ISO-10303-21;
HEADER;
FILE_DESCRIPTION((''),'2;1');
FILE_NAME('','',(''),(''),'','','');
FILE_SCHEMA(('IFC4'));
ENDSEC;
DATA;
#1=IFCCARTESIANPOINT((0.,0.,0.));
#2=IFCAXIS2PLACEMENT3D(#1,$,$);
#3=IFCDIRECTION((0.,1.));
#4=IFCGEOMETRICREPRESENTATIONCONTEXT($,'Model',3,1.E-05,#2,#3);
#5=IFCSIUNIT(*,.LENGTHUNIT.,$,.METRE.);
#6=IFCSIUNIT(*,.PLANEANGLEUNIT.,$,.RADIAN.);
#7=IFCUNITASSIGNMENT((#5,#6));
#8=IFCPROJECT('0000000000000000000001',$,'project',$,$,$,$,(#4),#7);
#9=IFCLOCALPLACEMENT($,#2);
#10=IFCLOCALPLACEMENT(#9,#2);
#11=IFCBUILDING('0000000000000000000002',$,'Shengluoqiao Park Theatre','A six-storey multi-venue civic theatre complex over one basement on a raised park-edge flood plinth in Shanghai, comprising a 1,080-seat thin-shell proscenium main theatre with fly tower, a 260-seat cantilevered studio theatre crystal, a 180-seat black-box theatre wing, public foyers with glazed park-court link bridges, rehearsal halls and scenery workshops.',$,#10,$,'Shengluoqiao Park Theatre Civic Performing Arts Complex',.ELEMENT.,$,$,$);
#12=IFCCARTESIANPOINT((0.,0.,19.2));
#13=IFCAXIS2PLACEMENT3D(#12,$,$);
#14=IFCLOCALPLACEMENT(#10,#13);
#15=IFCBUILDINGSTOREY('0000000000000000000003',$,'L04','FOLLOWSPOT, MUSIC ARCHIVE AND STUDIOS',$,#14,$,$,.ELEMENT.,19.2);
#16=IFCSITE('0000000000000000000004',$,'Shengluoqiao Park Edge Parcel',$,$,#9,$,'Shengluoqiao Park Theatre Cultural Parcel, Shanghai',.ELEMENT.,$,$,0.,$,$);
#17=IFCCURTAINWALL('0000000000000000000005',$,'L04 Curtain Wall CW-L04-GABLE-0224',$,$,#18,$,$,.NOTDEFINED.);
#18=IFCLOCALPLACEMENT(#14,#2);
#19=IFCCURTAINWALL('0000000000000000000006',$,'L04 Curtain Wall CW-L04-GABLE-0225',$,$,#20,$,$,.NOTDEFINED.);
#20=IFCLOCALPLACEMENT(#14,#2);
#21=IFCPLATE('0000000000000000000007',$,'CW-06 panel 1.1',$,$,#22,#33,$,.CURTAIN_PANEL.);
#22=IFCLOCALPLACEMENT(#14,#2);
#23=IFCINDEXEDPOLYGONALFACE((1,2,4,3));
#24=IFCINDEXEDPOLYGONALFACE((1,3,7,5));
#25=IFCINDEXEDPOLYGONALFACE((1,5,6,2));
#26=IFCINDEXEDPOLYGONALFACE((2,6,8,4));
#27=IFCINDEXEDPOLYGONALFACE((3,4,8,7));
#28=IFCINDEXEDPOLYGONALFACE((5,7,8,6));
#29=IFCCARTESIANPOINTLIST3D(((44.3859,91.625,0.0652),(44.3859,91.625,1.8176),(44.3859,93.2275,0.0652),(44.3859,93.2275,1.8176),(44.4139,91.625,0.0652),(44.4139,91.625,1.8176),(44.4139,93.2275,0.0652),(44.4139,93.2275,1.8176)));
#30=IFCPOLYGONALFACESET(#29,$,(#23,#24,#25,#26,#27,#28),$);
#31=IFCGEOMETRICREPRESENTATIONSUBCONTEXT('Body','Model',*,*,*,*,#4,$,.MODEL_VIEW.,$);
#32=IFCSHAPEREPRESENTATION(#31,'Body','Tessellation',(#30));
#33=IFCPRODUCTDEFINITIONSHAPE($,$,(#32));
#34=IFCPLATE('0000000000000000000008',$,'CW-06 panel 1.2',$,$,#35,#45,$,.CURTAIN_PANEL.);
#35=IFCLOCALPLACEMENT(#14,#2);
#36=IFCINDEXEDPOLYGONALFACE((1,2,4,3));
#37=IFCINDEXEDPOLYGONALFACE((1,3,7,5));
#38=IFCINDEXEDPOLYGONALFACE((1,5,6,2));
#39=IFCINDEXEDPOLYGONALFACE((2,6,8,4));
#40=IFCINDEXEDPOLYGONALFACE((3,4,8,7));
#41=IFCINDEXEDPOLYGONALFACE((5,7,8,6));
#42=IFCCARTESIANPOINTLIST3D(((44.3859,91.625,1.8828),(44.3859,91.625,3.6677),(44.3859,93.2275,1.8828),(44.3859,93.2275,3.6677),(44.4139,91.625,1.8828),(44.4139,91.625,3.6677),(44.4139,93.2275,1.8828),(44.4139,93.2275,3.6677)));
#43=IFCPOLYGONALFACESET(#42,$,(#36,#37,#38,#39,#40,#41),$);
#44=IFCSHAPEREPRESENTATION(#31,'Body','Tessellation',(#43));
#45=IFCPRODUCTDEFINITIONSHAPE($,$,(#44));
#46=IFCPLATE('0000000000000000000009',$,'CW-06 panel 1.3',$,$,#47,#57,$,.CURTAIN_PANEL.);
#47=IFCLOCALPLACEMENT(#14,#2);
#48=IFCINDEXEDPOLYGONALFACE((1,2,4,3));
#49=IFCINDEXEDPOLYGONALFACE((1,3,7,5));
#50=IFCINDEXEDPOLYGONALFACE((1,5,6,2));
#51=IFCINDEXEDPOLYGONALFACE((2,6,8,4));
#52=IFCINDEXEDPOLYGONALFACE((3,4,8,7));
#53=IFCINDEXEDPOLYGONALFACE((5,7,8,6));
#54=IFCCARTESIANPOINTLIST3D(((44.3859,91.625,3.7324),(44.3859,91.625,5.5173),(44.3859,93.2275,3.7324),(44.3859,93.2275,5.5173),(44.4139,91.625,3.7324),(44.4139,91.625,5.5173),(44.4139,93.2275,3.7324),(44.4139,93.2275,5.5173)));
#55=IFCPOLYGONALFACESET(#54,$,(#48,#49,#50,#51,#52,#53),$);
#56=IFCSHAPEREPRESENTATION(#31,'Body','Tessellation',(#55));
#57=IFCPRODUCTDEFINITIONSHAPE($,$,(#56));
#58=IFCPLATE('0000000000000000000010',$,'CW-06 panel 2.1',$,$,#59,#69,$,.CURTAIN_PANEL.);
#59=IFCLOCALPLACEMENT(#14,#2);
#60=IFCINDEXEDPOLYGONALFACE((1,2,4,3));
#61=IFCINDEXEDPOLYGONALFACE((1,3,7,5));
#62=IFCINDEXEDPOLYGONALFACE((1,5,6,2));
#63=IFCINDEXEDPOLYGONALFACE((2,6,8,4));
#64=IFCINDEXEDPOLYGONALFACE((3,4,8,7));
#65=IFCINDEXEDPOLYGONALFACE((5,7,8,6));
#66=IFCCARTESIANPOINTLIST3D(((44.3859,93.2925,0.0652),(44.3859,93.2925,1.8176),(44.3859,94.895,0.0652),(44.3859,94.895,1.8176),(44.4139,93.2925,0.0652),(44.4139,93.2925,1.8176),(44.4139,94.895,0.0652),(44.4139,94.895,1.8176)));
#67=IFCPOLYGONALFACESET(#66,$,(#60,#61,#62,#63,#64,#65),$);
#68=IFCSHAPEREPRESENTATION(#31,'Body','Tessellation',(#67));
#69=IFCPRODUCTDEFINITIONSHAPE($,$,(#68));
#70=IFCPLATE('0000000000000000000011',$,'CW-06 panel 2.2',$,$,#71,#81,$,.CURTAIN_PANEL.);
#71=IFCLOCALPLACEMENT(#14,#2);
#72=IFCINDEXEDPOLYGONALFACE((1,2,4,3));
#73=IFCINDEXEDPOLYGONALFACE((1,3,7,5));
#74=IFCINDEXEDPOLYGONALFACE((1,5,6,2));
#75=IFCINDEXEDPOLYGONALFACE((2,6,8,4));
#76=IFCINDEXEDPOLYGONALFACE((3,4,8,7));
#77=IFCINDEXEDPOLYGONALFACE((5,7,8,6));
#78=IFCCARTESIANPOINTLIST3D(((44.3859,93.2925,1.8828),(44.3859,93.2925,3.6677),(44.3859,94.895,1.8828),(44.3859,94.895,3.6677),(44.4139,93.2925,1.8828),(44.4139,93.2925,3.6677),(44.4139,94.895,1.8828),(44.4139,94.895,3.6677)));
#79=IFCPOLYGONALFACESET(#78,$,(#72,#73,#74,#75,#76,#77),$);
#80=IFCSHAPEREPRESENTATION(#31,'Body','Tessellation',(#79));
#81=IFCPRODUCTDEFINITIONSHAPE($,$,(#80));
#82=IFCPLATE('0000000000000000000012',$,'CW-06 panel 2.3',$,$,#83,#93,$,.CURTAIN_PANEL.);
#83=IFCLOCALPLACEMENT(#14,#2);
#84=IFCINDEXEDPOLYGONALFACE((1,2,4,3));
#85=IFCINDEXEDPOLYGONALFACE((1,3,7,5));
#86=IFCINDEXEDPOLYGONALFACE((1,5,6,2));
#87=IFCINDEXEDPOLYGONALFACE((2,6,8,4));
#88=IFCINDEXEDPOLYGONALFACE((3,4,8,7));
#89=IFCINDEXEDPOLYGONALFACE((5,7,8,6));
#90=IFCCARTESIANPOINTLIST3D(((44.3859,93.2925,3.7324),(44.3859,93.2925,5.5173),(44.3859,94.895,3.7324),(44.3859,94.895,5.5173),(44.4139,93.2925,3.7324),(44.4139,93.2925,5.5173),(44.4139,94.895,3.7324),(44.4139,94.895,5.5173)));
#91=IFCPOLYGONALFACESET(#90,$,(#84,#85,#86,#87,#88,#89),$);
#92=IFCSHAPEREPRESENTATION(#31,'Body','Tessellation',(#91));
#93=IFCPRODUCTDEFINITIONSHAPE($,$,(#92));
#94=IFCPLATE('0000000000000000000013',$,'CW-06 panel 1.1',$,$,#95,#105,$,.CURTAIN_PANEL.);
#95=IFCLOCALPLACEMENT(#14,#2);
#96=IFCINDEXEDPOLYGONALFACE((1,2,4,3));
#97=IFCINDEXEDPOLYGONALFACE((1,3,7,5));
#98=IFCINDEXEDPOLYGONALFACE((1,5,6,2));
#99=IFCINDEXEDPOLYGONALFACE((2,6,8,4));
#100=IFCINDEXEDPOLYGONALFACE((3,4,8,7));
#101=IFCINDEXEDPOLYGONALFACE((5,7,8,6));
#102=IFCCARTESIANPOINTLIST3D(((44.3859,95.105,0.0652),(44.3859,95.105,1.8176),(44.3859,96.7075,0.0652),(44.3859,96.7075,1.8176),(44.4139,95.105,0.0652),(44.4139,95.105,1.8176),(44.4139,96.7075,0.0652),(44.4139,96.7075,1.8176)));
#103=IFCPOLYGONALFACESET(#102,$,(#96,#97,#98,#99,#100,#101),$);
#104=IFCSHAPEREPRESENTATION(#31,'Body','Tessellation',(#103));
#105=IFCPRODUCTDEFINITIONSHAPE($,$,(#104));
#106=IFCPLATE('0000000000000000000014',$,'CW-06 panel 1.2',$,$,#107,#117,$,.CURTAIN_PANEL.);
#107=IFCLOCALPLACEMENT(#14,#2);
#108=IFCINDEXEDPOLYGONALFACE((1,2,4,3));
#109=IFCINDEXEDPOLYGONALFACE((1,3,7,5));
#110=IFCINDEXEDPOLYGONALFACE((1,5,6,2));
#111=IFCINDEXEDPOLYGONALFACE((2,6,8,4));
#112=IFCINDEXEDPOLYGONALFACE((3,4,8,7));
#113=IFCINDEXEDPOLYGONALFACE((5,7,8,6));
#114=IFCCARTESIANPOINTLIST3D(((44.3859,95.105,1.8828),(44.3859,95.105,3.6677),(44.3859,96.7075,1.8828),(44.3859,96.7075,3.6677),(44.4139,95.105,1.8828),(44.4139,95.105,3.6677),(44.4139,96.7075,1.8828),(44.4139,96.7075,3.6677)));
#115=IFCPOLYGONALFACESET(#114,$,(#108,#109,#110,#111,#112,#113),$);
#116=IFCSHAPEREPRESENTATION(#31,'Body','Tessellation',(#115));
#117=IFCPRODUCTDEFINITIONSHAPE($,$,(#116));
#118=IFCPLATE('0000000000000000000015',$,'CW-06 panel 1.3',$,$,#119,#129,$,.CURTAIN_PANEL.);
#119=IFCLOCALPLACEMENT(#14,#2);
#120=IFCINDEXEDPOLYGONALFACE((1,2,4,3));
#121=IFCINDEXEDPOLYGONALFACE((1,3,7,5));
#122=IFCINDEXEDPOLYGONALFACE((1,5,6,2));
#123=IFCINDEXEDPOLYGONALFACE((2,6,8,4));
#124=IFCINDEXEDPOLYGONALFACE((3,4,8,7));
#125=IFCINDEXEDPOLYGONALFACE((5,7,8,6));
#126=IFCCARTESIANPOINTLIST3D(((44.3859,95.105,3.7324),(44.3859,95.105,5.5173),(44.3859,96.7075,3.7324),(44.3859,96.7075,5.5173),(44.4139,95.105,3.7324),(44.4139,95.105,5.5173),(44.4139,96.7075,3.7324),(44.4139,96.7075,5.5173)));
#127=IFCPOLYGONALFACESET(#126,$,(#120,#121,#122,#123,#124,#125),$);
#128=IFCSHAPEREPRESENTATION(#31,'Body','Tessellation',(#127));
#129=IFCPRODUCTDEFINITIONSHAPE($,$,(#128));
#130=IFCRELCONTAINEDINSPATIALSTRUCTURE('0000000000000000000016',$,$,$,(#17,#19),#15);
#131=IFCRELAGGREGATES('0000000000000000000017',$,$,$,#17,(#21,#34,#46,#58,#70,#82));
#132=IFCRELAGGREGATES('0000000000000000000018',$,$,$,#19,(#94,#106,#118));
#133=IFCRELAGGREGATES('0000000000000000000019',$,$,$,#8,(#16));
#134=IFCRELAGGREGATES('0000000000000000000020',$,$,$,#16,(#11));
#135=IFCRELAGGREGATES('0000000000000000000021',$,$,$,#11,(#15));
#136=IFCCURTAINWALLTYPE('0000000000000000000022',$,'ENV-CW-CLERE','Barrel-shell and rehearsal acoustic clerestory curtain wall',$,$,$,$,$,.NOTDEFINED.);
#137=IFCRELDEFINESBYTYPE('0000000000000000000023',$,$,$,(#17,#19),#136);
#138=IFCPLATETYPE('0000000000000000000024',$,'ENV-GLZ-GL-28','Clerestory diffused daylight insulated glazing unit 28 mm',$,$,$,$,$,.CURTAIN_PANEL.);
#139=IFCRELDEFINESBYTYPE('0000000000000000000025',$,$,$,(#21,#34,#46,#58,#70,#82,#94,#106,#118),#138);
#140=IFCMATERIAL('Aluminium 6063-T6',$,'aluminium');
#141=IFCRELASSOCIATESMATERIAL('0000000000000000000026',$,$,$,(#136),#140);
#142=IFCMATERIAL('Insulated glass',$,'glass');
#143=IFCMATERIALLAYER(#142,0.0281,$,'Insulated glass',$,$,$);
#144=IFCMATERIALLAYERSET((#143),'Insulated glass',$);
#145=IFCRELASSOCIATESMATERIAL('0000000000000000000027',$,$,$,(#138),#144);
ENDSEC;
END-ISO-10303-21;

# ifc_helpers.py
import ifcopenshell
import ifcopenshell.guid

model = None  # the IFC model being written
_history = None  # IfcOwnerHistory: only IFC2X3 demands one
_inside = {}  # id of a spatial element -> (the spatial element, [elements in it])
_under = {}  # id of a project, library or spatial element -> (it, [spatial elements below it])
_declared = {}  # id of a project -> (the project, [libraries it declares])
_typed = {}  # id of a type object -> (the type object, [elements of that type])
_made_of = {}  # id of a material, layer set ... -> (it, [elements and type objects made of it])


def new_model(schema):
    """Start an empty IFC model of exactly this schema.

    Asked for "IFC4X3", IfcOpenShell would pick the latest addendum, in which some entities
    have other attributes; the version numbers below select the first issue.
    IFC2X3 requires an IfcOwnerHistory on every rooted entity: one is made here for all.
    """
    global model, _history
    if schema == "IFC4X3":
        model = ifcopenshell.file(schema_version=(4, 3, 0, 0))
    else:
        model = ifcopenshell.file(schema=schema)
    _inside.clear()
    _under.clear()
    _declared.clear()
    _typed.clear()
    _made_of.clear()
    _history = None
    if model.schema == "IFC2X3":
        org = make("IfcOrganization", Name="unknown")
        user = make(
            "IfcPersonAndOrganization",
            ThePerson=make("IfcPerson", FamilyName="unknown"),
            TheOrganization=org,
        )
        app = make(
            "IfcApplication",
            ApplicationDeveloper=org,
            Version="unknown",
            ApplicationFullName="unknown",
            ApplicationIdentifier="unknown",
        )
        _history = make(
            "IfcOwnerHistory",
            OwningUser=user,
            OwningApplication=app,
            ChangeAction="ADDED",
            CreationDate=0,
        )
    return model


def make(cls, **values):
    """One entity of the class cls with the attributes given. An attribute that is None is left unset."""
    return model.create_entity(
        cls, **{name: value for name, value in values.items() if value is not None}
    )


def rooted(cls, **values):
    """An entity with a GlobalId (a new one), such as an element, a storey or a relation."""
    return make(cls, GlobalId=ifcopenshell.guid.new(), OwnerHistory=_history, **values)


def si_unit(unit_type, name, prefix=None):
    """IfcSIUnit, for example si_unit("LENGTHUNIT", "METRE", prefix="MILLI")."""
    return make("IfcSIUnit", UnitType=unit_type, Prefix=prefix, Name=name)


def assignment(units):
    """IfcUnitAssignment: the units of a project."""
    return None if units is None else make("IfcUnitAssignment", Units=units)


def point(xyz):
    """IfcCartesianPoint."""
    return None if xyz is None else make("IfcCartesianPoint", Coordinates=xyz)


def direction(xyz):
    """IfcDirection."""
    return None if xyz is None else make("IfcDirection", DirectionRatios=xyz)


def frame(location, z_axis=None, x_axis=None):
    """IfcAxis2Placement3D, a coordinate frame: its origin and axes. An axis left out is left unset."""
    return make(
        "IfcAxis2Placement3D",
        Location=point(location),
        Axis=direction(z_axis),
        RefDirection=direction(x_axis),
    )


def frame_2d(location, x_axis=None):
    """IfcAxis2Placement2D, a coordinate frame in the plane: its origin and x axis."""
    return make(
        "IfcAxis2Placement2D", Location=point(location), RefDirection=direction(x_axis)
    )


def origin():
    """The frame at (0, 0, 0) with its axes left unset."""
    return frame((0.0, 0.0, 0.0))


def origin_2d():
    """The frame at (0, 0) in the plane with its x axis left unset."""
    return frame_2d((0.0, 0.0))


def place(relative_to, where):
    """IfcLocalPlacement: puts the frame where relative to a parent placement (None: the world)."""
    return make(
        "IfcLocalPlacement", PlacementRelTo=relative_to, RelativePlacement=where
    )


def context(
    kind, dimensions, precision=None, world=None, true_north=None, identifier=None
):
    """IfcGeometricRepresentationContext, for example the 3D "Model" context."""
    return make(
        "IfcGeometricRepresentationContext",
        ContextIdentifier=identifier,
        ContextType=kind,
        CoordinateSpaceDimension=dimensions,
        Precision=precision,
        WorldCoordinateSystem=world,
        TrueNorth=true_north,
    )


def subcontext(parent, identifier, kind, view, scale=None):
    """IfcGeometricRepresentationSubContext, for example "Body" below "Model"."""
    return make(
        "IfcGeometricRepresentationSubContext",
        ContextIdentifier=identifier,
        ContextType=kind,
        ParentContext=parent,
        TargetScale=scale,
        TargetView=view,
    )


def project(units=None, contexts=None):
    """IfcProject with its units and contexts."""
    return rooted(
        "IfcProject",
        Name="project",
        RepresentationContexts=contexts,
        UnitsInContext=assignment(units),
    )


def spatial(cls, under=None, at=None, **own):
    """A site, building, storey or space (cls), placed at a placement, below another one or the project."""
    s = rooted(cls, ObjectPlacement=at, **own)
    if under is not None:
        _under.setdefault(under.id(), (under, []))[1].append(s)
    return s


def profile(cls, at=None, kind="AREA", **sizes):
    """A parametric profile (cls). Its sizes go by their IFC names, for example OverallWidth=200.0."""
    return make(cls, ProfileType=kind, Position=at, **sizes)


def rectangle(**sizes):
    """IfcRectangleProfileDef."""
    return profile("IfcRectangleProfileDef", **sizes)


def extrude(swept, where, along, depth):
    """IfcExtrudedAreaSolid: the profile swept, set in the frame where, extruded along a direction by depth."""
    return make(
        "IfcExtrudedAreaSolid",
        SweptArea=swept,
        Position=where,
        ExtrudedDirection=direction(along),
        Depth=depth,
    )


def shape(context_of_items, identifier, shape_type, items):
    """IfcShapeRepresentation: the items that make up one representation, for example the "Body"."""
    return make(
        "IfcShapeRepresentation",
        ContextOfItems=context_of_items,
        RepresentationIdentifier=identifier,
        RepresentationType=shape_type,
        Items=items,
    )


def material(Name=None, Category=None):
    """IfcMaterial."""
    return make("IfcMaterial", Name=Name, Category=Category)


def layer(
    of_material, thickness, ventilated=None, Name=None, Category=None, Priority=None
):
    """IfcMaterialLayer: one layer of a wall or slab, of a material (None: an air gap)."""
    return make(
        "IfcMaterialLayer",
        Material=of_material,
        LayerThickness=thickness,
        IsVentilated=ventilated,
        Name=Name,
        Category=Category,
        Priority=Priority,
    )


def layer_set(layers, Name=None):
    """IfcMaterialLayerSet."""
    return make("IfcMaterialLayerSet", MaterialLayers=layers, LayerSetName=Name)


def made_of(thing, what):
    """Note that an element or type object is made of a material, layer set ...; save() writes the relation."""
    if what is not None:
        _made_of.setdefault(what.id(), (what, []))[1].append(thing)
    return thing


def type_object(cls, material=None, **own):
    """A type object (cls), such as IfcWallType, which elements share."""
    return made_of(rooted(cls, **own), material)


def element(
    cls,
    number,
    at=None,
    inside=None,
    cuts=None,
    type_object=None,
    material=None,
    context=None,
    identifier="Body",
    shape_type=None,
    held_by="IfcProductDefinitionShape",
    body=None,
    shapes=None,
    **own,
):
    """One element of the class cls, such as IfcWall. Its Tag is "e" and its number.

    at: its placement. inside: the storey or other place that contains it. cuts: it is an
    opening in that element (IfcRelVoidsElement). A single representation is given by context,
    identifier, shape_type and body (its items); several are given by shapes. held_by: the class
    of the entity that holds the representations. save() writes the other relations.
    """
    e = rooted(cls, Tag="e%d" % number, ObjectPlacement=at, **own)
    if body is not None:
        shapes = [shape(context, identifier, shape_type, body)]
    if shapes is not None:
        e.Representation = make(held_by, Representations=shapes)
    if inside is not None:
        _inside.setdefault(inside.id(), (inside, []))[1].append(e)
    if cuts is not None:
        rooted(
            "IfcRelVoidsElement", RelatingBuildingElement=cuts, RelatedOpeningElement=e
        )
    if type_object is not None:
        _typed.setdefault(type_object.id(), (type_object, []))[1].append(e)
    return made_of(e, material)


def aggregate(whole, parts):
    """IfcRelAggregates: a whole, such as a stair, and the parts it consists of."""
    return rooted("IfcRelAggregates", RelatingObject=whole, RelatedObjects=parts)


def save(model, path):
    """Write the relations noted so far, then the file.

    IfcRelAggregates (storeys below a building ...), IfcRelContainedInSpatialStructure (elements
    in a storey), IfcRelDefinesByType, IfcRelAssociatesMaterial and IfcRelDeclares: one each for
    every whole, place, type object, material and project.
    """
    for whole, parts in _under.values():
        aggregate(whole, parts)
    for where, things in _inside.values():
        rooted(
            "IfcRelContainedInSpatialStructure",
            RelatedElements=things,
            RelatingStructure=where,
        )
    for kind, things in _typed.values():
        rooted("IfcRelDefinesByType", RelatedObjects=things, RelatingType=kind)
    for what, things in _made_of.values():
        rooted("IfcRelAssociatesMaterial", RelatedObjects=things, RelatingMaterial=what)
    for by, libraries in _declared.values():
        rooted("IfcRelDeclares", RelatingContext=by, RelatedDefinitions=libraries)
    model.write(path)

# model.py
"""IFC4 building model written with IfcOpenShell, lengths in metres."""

from ifc_helpers import new_model, si_unit, direction, frame, origin, origin_2d, place, context, subcontext, project, spatial, rectangle, extrude, material, layer, layer_set, type_object, element, aggregate, save


model = new_model("IFC4")

# Units and contexts
model_context = context("Model", 3, precision=1e-05, world=origin(), true_north=direction((0.0, 1.0)))
body_context = subcontext(model_context, "Body", "Model", "MODEL_VIEW")
ifc_project = project(units=[si_unit("LENGTHUNIT", "METRE"), si_unit("PLANEANGLEUNIT", "RADIAN")], contexts=[model_context])

# Site, building, storey
site_placement = place(None, origin())
site = spatial("IfcSite", under=ifc_project, at=site_placement, Name="Shengluoqiao Park Edge Parcel", LongName="Shengluoqiao Park Theatre Cultural Parcel, Shanghai", CompositionType="ELEMENT", RefElevation=0.0)
building_placement = place(site_placement, origin())
building = spatial("IfcBuilding", under=site, at=building_placement, Name="Shengluoqiao Park Theatre", Description="A six-storey multi-venue civic theatre complex over one basement on a raised park-edge flood plinth in Shanghai, comprising a 1,080-seat thin-shell proscenium main theatre with fly tower, a 260-seat cantilevered studio theatre crystal, a 180-seat black-box theatre wing, public foyers with glazed park-court link bridges, rehearsal halls and scenery workshops.", LongName="Shengluoqiao Park Theatre Civic Performing Arts Complex", CompositionType="ELEMENT")
storey_placement = place(building_placement, frame((0.0, 0.0, 19.2)))
storey = spatial("IfcBuildingStorey", under=building, at=storey_placement, Name="L04", Description="FOLLOWSPOT, MUSIC ARCHIVE AND STUDIOS", CompositionType="ELEMENT", Elevation=19.2)

# Curtain walls
ifc_material_1 = material(Name="Aluminium 6063-T6", Category="aluminium")
curtain_wall_type = type_object("IfcCurtainWallType", Name="ENV-CW-CLERE", Description="Barrel-shell and rehearsal acoustic clerestory curtain wall", PredefinedType="NOTDEFINED", material=ifc_material_1)
curtain_wall_1_placement = place(storey_placement, origin())
curtain_wall_1 = element("IfcCurtainWall", 1, at=curtain_wall_1_placement, inside=storey, type_object=curtain_wall_type, Name="L04 Curtain Wall CW-L04-GABLE-0224", PredefinedType="NOTDEFINED")
curtain_wall_2_placement = place(storey_placement, origin())
curtain_wall_2 = element("IfcCurtainWall", 2, at=curtain_wall_2_placement, inside=storey, type_object=curtain_wall_type, Name="L04 Curtain Wall CW-L04-GABLE-0225", PredefinedType="NOTDEFINED")

# Plates
ifc_material_2 = material(Name="Insulated glass", Category="glass")
ifc_layer = layer(ifc_material_2, 0.0281, Name="Insulated glass")
ifc_layer_set = layer_set([ifc_layer], Name="Insulated glass")
plate_type = type_object("IfcPlateType", Name="ENV-GLZ-GL-28", Description="Clerestory diffused daylight insulated glazing unit 28 mm", PredefinedType="CURTAIN_PANEL", material=ifc_layer_set)
plate_1_placement = place(storey_placement, frame((44.3999, 92.4263, 0.0652), z_axis=(0.0, 0.0, 1.0), x_axis=(0.0, 1.0, 0.0)))
plate_1 = element("IfcPlate", 3, at=plate_1_placement, type_object=plate_type, Name="CW-06 panel 1.1", PredefinedType="CURTAIN_PANEL", context=body_context, shape_type="SweptSolid", body=[
    extrude(rectangle(XDim=1.6025, YDim=0.0281, at=origin_2d()), origin(), (0.0, 0.0, 1.0), 1.7524),
])
plate_2_placement = place(storey_placement, frame((44.3999, 92.4263, 1.8828), z_axis=(0.0, 0.0, 1.0), x_axis=(0.0, 1.0, 0.0)))
plate_2 = element("IfcPlate", 4, at=plate_2_placement, type_object=plate_type, Name="CW-06 panel 1.2", PredefinedType="CURTAIN_PANEL", context=body_context, shape_type="SweptSolid", body=[
    extrude(rectangle(XDim=1.6025, YDim=0.0281, at=origin_2d()), origin(), (0.0, 0.0, 1.0), 1.7849),
])
plate_3_placement = place(storey_placement, frame((44.3999, 92.4263, 3.7324), z_axis=(0.0, 0.0, 1.0), x_axis=(0.0, 1.0, 0.0)))
plate_3 = element("IfcPlate", 5, at=plate_3_placement, type_object=plate_type, Name="CW-06 panel 1.3", PredefinedType="CURTAIN_PANEL", context=body_context, shape_type="SweptSolid", body=[
    extrude(rectangle(XDim=1.6025, YDim=0.0281, at=origin_2d()), origin(), (0.0, 0.0, 1.0), 1.7849),
])
plate_4_placement = place(storey_placement, frame((44.3999, 94.0938, 0.0652), z_axis=(0.0, 0.0, 1.0), x_axis=(0.0, 1.0, 0.0)))
plate_4 = element("IfcPlate", 6, at=plate_4_placement, type_object=plate_type, Name="CW-06 panel 2.1", PredefinedType="CURTAIN_PANEL", context=body_context, shape_type="SweptSolid", body=[
    extrude(rectangle(XDim=1.6025, YDim=0.0281, at=origin_2d()), origin(), (0.0, 0.0, 1.0), 1.7524),
])
plate_5_placement = place(storey_placement, frame((44.3999, 94.0938, 1.8828), z_axis=(0.0, 0.0, 1.0), x_axis=(0.0, 1.0, 0.0)))
plate_5 = element("IfcPlate", 7, at=plate_5_placement, type_object=plate_type, Name="CW-06 panel 2.2", PredefinedType="CURTAIN_PANEL", context=body_context, shape_type="SweptSolid", body=[
    extrude(rectangle(XDim=1.6025, YDim=0.0281, at=origin_2d()), origin(), (0.0, 0.0, 1.0), 1.7849),
])
plate_6_placement = place(storey_placement, frame((44.3999, 94.0938, 3.7324), z_axis=(0.0, 0.0, 1.0), x_axis=(0.0, 1.0, 0.0)))
plate_6 = element("IfcPlate", 8, at=plate_6_placement, type_object=plate_type, Name="CW-06 panel 2.3", PredefinedType="CURTAIN_PANEL", context=body_context, shape_type="SweptSolid", body=[
    extrude(rectangle(XDim=1.6025, YDim=0.0281, at=origin_2d()), origin(), (0.0, 0.0, 1.0), 1.7849),
])
aggregate(curtain_wall_1, [plate_1, plate_2, plate_3, plate_4, plate_5, plate_6])
plate_7_placement = place(storey_placement, frame((44.3999, 95.9062, 0.0652), z_axis=(0.0, 0.0, 1.0), x_axis=(0.0, 1.0, 0.0)))
plate_7 = element("IfcPlate", 9, at=plate_7_placement, type_object=plate_type, Name="CW-06 panel 1.1", PredefinedType="CURTAIN_PANEL", context=body_context, shape_type="SweptSolid", body=[
    extrude(rectangle(XDim=1.6025, YDim=0.0281, at=origin_2d()), origin(), (0.0, 0.0, 1.0), 1.7524),
])
plate_8_placement = place(storey_placement, frame((44.3999, 95.9062, 1.8828), z_axis=(0.0, 0.0, 1.0), x_axis=(0.0, 1.0, 0.0)))
plate_8 = element("IfcPlate", 10, at=plate_8_placement, type_object=plate_type, Name="CW-06 panel 1.2", PredefinedType="CURTAIN_PANEL", context=body_context, shape_type="SweptSolid", body=[
    extrude(rectangle(XDim=1.6025, YDim=0.0281, at=origin_2d()), origin(), (0.0, 0.0, 1.0), 1.7849),
])
plate_9_placement = place(storey_placement, frame((44.3999, 95.9062, 3.7324), z_axis=(0.0, 0.0, 1.0), x_axis=(0.0, 1.0, 0.0)))
plate_9 = element("IfcPlate", 11, at=plate_9_placement, type_object=plate_type, Name="CW-06 panel 1.3", PredefinedType="CURTAIN_PANEL", context=body_context, shape_type="SweptSolid", body=[
    extrude(rectangle(XDim=1.6025, YDim=0.0281, at=origin_2d()), origin(), (0.0, 0.0, 1.0), 1.7849),
])
aggregate(curtain_wall_2, [plate_7, plate_8, plate_9])

save(model, "model.ifc")
